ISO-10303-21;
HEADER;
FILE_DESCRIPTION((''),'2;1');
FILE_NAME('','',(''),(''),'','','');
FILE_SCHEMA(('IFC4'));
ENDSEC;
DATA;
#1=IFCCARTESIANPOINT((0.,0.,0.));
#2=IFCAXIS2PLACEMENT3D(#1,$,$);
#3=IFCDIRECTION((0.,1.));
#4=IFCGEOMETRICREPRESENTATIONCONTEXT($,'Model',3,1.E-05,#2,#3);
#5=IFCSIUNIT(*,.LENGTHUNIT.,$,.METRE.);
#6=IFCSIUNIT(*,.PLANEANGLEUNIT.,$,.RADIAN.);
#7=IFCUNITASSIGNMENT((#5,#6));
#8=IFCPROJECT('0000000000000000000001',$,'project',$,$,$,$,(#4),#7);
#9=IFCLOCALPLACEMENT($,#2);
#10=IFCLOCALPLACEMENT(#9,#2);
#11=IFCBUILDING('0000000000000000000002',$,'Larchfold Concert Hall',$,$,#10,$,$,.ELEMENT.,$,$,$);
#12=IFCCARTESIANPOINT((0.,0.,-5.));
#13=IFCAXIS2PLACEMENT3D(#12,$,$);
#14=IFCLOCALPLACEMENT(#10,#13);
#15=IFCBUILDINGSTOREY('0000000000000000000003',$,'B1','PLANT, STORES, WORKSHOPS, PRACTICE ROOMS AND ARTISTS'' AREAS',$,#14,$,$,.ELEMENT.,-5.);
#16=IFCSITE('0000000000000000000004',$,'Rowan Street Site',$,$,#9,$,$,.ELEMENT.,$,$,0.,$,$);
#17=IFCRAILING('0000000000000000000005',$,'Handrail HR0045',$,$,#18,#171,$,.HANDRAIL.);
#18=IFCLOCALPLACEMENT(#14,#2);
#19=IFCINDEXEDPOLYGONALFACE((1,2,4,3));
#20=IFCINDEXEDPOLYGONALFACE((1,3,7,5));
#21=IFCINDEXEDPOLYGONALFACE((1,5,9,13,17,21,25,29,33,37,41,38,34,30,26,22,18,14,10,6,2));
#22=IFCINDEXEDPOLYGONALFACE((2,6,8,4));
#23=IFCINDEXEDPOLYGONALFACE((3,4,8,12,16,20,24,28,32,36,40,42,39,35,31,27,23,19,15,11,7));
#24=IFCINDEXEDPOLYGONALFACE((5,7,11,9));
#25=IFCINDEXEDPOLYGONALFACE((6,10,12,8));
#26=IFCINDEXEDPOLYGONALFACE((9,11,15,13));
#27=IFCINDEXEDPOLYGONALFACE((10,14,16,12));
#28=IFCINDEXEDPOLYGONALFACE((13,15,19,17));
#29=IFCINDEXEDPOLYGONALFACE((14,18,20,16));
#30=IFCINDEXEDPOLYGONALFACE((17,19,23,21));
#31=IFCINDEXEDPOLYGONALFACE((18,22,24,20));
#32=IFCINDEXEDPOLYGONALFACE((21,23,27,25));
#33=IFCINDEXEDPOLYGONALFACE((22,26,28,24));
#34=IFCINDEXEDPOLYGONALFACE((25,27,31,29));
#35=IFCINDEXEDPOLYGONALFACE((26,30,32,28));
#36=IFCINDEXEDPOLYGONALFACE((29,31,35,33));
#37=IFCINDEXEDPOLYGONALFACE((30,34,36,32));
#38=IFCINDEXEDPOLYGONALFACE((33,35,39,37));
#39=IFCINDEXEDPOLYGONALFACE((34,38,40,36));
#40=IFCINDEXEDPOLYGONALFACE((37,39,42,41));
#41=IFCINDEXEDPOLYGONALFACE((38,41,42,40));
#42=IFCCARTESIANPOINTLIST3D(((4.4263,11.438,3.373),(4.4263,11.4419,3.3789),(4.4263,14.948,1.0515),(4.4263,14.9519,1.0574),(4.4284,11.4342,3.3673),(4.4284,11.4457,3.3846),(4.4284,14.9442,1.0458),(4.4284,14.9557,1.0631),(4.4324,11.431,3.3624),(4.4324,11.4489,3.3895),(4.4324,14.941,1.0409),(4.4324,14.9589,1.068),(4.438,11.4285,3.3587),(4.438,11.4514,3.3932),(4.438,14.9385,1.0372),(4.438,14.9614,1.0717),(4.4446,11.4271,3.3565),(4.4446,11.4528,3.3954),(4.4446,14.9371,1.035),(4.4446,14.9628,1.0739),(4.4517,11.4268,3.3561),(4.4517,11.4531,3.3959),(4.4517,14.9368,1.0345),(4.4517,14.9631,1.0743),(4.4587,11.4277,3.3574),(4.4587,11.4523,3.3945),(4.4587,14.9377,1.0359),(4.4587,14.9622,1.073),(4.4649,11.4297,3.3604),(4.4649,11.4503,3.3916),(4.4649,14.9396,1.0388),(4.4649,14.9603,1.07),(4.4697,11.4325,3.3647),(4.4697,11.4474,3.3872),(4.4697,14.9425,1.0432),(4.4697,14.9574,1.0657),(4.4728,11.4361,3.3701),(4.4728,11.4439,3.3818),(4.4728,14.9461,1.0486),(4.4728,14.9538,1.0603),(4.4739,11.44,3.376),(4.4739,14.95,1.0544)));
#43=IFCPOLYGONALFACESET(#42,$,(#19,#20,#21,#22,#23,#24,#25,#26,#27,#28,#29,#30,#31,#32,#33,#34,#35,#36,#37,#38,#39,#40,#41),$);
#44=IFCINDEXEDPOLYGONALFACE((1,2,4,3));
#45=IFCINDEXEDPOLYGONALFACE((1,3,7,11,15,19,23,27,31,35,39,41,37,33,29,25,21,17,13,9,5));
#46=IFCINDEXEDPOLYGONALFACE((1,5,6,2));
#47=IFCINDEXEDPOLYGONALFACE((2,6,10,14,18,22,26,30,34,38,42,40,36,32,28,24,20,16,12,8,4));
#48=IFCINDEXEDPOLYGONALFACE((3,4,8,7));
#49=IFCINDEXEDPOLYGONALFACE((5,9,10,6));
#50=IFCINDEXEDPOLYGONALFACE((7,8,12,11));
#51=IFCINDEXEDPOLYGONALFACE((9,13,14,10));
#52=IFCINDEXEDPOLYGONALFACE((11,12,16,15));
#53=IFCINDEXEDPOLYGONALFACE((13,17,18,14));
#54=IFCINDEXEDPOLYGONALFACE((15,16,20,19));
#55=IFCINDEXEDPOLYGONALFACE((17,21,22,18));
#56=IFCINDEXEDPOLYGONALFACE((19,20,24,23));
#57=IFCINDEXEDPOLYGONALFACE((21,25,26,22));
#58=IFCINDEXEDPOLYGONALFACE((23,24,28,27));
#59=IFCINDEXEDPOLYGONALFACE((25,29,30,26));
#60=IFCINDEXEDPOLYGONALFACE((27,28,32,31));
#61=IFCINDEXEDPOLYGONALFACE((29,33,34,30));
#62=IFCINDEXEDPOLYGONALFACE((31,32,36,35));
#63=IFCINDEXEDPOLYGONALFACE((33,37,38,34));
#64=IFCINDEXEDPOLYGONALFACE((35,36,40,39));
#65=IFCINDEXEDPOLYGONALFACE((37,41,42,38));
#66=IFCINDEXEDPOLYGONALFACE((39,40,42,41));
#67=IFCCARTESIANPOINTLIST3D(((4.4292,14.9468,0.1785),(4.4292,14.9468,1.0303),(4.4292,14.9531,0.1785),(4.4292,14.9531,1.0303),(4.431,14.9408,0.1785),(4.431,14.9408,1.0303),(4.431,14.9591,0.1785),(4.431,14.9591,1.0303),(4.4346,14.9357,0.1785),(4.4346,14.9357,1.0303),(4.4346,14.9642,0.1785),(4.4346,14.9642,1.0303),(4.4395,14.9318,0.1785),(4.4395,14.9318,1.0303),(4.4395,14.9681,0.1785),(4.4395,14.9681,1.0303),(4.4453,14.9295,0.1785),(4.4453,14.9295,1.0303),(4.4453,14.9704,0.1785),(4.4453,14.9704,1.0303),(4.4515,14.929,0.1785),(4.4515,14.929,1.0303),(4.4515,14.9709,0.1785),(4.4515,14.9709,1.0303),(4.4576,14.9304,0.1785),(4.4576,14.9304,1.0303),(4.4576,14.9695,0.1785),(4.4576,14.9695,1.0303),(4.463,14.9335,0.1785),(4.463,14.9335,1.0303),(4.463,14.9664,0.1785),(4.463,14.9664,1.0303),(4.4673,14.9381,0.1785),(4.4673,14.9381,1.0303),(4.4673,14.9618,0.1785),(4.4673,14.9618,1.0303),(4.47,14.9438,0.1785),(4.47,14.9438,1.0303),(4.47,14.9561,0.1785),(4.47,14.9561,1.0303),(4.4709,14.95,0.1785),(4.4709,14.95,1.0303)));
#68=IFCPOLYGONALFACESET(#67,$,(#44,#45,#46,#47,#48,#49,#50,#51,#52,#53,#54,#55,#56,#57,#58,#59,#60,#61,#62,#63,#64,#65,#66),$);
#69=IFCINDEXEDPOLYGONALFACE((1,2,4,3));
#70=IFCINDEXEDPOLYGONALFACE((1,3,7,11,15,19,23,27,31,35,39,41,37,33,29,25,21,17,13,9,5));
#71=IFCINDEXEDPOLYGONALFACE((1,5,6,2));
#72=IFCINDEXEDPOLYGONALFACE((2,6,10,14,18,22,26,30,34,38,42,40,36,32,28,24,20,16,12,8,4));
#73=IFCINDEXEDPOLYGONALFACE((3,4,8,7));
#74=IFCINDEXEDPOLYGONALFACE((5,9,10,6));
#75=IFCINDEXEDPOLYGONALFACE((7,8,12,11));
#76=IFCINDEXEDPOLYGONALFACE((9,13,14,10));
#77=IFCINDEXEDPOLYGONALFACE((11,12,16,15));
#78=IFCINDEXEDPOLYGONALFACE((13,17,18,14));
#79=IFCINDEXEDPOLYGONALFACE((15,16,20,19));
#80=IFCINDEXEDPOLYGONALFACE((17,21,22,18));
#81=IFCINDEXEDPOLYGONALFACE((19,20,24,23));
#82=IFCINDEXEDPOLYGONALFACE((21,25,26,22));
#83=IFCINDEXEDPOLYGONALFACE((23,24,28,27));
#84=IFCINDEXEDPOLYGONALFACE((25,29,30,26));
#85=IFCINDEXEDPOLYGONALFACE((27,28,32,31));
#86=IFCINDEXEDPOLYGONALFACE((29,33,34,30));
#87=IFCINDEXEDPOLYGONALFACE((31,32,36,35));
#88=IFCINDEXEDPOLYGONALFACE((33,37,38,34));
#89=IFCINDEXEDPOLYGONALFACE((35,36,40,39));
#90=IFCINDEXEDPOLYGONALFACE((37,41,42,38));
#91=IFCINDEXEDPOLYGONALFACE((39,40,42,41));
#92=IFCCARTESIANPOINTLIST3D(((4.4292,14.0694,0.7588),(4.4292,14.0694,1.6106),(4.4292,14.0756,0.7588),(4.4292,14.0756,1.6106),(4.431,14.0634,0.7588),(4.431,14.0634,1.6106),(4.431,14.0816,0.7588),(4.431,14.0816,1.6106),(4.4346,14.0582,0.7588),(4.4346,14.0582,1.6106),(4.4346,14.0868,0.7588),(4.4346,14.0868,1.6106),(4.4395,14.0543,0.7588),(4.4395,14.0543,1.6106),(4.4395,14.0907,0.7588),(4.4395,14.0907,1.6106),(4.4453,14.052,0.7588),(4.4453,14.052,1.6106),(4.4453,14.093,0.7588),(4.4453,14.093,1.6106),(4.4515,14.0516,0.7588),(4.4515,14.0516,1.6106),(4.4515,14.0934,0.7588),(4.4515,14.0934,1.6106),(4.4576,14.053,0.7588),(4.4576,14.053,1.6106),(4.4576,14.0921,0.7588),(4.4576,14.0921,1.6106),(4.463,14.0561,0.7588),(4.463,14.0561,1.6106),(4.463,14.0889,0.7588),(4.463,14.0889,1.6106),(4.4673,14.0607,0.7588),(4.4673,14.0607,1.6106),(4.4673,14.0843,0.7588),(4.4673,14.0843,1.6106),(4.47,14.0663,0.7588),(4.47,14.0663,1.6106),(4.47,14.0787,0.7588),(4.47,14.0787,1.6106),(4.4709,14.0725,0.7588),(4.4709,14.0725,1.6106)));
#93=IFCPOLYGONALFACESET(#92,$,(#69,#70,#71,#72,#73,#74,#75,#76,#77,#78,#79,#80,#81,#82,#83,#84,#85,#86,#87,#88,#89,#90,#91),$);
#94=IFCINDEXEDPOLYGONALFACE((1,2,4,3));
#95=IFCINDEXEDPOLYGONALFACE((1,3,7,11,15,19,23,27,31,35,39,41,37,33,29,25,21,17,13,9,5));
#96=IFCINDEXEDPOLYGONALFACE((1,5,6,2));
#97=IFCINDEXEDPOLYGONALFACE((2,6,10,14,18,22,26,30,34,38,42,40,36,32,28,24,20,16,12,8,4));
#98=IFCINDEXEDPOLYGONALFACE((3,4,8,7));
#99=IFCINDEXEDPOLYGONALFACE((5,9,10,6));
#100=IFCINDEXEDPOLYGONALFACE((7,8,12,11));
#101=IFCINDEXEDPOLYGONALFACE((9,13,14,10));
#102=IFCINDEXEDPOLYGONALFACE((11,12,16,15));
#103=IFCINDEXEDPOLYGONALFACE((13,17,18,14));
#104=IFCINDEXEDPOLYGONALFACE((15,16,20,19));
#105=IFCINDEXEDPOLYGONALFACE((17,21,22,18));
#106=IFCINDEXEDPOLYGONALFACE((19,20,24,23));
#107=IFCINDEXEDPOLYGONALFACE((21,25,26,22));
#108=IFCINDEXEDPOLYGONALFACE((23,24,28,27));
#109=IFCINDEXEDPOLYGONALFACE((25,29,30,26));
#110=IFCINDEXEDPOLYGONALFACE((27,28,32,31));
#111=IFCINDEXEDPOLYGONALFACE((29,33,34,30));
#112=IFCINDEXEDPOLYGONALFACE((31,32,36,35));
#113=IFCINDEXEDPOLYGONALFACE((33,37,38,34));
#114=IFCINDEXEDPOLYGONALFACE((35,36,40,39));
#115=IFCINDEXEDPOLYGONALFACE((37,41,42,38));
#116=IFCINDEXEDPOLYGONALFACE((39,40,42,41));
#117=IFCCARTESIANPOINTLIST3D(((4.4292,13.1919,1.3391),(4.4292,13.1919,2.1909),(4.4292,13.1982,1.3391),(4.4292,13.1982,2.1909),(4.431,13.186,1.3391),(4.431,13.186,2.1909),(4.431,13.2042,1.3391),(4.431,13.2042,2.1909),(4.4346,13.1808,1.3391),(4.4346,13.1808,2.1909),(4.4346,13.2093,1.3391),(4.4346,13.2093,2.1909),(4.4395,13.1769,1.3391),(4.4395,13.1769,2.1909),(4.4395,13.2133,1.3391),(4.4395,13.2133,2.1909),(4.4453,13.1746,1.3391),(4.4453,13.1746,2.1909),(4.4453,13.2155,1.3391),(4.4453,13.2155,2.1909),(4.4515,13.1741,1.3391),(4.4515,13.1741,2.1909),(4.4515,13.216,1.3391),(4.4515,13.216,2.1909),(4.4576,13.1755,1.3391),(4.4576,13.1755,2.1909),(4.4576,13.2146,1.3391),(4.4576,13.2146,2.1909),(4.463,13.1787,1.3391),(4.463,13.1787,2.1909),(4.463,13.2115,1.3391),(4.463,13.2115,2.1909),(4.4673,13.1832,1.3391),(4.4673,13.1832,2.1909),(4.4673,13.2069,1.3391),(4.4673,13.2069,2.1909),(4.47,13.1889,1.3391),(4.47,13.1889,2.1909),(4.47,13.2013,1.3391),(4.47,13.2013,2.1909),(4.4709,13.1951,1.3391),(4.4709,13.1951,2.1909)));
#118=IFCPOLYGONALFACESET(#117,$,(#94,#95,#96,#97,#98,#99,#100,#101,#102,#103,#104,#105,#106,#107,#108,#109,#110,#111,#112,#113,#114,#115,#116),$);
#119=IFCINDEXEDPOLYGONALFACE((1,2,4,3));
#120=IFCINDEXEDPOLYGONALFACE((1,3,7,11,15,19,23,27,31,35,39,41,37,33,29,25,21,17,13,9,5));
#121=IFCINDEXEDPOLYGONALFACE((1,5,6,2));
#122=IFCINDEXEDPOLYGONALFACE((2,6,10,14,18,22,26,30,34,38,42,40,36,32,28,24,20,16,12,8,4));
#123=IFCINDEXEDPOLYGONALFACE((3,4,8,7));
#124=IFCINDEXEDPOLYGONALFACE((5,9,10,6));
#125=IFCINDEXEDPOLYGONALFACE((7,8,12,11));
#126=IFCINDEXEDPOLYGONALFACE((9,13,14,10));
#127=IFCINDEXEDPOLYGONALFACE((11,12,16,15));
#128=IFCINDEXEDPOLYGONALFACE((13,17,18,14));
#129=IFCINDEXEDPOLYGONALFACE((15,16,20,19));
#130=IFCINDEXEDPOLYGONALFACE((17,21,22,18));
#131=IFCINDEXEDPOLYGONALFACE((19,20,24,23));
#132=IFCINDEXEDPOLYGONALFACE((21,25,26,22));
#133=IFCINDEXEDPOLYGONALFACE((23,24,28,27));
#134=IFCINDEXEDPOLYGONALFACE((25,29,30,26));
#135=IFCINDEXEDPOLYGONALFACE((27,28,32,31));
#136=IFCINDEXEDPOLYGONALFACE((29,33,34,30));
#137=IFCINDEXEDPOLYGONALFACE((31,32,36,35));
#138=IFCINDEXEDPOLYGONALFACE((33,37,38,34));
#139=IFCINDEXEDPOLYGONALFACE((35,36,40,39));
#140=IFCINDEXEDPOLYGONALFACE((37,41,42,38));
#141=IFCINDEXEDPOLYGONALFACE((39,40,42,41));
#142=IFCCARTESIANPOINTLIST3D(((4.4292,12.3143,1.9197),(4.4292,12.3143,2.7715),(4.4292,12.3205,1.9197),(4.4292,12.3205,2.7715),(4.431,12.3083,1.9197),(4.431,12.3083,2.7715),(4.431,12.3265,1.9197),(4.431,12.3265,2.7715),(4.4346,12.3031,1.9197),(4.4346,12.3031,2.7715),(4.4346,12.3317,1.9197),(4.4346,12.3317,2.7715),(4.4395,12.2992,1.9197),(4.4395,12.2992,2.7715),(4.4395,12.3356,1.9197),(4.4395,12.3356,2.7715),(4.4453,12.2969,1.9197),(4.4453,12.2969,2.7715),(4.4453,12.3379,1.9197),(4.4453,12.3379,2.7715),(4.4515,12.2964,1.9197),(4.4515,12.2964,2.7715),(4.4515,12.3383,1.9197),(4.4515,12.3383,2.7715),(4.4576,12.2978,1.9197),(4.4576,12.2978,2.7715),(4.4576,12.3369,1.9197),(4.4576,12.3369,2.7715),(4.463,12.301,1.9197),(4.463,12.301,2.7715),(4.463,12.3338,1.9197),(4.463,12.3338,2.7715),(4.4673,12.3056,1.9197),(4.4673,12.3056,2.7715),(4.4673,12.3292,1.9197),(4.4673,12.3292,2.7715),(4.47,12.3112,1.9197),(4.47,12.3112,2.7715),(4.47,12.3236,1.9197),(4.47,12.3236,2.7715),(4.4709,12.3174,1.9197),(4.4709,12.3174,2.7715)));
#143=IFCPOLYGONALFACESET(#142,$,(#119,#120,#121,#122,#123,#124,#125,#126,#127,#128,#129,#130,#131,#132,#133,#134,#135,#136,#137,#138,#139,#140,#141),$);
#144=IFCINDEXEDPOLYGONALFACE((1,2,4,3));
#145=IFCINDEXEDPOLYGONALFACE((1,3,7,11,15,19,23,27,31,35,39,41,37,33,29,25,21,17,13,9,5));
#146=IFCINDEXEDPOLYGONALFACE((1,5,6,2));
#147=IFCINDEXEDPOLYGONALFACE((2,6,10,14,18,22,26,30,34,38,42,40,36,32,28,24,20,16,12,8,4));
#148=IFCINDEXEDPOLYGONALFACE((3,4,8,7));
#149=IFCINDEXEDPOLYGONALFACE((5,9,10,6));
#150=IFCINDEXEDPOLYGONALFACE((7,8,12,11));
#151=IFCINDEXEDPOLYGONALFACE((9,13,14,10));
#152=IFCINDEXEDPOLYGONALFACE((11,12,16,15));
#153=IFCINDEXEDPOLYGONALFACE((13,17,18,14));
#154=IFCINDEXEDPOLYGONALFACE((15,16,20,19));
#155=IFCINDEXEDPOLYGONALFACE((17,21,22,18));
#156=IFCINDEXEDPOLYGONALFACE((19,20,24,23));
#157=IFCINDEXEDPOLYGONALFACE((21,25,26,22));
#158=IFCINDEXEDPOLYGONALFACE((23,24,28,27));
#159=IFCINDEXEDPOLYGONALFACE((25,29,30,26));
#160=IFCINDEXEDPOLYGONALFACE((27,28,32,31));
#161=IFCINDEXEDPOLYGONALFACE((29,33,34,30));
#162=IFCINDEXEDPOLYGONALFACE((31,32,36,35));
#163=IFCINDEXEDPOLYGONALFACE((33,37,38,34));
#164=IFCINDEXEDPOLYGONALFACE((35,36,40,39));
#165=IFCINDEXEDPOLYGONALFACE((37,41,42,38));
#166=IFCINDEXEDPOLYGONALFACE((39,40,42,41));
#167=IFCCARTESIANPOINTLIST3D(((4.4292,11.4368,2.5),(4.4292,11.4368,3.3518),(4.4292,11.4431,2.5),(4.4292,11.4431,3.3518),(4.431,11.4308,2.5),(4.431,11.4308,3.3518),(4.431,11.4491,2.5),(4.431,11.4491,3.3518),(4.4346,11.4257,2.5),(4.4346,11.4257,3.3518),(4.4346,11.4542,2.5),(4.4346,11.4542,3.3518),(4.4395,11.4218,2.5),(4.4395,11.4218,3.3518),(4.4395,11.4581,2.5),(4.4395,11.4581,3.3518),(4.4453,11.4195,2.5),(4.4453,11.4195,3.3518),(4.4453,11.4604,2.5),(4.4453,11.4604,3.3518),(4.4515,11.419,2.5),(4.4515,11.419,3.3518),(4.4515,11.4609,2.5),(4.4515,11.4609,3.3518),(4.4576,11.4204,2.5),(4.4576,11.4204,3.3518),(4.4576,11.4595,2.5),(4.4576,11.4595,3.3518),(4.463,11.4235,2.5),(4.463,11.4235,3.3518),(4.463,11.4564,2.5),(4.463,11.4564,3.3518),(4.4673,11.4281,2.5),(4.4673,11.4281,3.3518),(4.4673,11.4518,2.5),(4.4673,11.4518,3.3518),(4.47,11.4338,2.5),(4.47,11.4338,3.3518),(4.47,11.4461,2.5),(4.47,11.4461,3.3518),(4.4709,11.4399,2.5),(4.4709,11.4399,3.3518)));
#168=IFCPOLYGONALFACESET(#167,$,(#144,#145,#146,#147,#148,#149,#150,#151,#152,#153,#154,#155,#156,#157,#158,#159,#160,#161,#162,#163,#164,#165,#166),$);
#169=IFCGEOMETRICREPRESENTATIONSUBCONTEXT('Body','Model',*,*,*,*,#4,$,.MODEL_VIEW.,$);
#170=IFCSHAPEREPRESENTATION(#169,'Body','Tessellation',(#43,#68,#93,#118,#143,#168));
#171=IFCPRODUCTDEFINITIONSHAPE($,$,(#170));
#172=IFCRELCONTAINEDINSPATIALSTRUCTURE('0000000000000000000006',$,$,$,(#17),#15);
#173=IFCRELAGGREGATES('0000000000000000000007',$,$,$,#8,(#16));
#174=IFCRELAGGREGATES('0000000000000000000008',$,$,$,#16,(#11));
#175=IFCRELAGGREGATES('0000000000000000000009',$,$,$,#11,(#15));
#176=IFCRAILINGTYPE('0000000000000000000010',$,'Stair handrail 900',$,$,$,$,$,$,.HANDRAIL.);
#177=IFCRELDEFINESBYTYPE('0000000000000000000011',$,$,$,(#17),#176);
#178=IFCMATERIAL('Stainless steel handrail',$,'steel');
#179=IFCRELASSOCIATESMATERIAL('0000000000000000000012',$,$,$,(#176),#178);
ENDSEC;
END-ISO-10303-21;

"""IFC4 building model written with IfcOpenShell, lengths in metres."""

from ifc_helpers import new_model, si_unit, direction, frame, origin, origin_2d, place, context, subcontext, project, spatial, circle, extrude, material, type_object, element, save


model = new_model("IFC4")

# Units and contexts
model_context = context("Model", 3, precision=1e-05, world=origin(), true_north=direction((0.0, 1.0)))
body_context = subcontext(model_context, "Body", "Model", "MODEL_VIEW")
ifc_project = project(units=[si_unit("LENGTHUNIT", "METRE"), si_unit("PLANEANGLEUNIT", "RADIAN")], contexts=[model_context])

# Site, building, storey
site_placement = place(None, origin())
site = spatial("IfcSite", under=ifc_project, at=site_placement, Name="Rowan Street Site", CompositionType="ELEMENT", RefElevation=0.0)
building_placement = place(site_placement, origin())
building = spatial("IfcBuilding", under=site, at=building_placement, Name="Larchfold Concert Hall", CompositionType="ELEMENT")
storey_placement = place(building_placement, frame((0.0, 0.0, -5.0)))
storey = spatial("IfcBuildingStorey", under=building, at=storey_placement, Name="B1", Description="PLANT, STORES, WORKSHOPS, PRACTICE ROOMS AND ARTISTS' AREAS", CompositionType="ELEMENT", Elevation=-5.0)

# Railing
ifc_material_1 = material(Name="Stainless steel handrail", Category="steel")
railing_type_1 = type_object("IfcRailingType", Name="Stair handrail 900", PredefinedType="HANDRAIL", material=ifc_material_1)
for number, where, name in (
    (1, (4.45, 14.95, 0.1785), "Handrail HR0045"),
):
    element("IfcRailing", number, at=place(storey_placement, frame(where)), inside=storey, type_object=railing_type_1, Name=name, PredefinedType="HANDRAIL", context=body_context, shape_type="SweptSolid", body=[
        extrude(circle(Radius=0.0239, at=origin_2d()), frame((0.0, 0.0, 0.876), z_axis=(0.0, -0.834071, 0.551657), x_axis=(1.0, 0.0, 0.0)), (0.0, 0.0, 1.0), 4.2083),
        extrude(circle(Radius=0.021, at=origin_2d()), origin(), (0.0, 0.0, 1.0), 0.8518),
        extrude(circle(Radius=0.021, at=origin_2d()), frame((0.0, -0.8774, 0.5803)), (0.0, 0.0, 1.0), 0.8518),
        extrude(circle(Radius=0.021, at=origin_2d()), frame((0.0, -1.7549, 1.1606)), (0.0, 0.0, 1.0), 0.8518),
        extrude(circle(Radius=0.021, at=origin_2d()), frame((0.0, -2.6326, 1.7412)), (0.0, 0.0, 1.0), 0.8518),
        extrude(circle(Radius=0.021, at=origin_2d()), frame((0.0, -3.51, 2.3215)), (0.0, 0.0, 1.0), 0.8518),
    ])

save(model, "model.ifc")
